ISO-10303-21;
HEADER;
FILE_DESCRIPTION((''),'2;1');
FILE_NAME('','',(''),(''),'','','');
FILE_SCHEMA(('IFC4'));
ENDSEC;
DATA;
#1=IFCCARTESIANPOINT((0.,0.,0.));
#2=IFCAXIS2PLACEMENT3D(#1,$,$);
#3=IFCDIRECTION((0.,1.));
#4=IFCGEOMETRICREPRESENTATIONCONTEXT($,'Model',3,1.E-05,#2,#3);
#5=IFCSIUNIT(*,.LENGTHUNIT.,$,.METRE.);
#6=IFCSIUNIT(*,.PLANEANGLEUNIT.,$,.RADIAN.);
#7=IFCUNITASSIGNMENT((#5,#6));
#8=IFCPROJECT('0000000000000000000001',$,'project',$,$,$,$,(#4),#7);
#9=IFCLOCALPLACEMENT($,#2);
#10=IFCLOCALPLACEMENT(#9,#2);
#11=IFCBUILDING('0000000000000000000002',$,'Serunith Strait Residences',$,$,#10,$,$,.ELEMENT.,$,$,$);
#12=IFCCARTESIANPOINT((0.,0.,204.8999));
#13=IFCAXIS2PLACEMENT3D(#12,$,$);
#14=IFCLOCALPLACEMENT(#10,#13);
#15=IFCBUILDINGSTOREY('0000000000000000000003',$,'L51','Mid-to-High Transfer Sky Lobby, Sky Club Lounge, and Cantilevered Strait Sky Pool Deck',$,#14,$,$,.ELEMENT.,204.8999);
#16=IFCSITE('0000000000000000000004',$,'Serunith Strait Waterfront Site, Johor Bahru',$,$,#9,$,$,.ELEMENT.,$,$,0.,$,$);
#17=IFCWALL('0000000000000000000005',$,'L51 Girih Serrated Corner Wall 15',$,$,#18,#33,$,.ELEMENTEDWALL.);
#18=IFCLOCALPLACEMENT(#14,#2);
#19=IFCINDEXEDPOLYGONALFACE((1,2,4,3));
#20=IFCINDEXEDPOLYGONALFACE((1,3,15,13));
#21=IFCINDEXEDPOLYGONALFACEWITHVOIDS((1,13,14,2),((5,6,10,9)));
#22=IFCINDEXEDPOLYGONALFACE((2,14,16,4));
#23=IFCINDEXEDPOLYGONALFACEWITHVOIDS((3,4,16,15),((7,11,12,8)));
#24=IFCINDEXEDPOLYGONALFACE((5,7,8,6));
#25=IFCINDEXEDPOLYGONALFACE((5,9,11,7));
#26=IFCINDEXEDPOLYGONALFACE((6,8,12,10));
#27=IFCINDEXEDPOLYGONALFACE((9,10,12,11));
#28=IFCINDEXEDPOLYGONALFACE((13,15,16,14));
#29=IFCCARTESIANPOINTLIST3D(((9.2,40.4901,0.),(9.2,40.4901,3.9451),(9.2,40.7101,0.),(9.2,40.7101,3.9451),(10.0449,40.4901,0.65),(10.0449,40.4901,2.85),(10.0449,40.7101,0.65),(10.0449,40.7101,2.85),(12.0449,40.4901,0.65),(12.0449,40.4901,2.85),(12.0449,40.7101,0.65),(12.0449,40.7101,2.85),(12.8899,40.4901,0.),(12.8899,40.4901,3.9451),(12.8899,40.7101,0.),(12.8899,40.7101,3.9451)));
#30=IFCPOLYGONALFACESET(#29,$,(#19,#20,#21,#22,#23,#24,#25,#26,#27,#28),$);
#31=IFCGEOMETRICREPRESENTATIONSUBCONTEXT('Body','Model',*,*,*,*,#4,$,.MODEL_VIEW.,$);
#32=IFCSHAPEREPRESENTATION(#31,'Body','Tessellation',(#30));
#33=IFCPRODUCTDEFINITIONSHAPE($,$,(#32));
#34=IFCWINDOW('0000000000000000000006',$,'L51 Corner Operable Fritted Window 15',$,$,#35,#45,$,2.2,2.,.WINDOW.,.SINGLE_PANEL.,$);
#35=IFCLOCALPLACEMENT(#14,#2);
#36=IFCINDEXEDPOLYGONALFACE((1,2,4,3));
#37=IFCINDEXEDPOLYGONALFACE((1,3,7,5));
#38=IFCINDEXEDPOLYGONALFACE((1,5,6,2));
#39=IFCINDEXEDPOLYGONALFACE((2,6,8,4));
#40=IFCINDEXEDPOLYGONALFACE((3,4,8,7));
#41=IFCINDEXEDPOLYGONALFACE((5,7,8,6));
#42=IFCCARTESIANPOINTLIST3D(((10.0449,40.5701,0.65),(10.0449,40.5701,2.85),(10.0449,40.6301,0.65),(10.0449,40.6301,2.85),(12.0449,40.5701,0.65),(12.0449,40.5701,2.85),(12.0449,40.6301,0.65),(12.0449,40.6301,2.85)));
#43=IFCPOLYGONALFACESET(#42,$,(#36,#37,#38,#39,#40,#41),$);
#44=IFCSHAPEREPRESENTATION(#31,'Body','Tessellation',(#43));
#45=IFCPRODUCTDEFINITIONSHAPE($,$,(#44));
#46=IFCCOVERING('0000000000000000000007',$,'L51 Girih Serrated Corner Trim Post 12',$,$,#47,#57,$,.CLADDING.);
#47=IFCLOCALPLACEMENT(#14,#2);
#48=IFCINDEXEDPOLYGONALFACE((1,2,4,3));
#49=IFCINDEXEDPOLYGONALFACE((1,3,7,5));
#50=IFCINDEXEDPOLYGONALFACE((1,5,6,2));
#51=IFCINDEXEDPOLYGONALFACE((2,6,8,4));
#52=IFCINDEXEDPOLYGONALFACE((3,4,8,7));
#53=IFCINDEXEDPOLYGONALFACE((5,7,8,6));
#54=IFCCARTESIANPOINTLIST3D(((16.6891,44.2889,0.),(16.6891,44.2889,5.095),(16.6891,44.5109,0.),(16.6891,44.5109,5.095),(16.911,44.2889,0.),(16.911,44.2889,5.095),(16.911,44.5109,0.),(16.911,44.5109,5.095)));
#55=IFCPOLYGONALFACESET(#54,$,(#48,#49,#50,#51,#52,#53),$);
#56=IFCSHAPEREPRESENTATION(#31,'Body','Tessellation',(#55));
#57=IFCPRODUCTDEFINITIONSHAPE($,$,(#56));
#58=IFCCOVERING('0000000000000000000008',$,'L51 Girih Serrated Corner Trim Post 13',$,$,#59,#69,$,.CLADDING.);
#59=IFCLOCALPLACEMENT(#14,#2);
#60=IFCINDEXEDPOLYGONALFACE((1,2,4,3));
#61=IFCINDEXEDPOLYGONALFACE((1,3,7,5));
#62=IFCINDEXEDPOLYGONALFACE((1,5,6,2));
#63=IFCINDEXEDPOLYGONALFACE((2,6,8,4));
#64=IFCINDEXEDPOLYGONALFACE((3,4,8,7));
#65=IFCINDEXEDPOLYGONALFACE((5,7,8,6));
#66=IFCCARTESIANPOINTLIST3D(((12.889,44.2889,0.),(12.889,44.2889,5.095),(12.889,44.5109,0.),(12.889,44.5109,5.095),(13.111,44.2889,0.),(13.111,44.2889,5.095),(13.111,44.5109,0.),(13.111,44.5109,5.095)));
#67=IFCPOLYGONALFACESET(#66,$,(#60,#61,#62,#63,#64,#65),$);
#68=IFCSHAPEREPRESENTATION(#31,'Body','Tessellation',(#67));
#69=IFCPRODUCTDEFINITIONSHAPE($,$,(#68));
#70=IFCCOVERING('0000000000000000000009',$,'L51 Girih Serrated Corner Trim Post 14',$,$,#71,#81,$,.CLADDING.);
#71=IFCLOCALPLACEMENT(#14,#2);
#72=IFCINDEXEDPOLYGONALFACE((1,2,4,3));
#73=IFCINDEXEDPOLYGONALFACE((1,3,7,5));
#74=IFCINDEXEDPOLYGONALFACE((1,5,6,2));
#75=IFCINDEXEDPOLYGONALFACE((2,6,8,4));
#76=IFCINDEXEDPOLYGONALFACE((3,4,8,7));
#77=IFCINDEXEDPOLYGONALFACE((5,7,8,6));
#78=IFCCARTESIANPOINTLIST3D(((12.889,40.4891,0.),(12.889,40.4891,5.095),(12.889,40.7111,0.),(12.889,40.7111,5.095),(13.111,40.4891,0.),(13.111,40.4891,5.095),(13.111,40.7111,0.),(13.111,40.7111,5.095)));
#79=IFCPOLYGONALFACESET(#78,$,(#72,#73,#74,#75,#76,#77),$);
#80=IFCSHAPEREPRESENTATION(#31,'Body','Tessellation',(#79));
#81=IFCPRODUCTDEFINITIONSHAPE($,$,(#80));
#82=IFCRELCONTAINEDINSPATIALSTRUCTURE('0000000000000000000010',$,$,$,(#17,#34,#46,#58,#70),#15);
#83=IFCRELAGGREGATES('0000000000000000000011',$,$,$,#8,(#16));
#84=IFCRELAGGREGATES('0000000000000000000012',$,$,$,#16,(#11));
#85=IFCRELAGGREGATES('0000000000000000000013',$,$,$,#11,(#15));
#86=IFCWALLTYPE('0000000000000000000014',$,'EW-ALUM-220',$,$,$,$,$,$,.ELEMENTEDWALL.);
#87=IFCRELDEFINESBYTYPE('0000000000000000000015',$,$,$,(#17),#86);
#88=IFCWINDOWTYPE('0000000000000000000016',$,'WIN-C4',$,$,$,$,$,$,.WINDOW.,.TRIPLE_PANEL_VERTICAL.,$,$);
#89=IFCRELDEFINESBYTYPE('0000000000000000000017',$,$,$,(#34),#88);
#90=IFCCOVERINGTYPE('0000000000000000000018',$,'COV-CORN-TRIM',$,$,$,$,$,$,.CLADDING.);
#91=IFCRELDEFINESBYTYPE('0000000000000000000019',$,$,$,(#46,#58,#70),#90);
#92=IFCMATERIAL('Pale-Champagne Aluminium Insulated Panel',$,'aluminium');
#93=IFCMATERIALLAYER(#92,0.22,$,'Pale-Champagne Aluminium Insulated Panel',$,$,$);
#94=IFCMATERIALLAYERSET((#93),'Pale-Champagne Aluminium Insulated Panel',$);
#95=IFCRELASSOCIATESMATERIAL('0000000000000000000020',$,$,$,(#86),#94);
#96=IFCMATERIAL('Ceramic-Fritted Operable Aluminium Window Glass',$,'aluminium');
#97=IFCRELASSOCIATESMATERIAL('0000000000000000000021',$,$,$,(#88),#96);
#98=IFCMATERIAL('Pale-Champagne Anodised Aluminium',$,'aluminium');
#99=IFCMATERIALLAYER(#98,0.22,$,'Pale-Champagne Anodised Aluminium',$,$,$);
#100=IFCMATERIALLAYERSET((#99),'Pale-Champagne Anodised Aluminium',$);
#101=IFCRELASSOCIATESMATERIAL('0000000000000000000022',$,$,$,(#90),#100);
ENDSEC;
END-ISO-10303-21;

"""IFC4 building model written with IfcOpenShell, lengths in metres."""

from ifc_helpers import new_model, si_unit, direction, frame, frame_2d, origin, origin_2d, place, context, subcontext, project, spatial, rectangle, extrude, source, transform, mapped, material, layer, layer_set, type_object, element, fill, save


model = new_model("IFC4")

# Units and contexts
model_context = context("Model", 3, precision=1e-05, world=origin(), true_north=direction((0.0, 1.0)))
body_context = subcontext(model_context, "Body", "Model", "MODEL_VIEW")
ifc_project = project(units=[si_unit("LENGTHUNIT", "METRE"), si_unit("PLANEANGLEUNIT", "RADIAN")], contexts=[model_context])

# Site, building, storey
site_placement = place(None, origin())
site = spatial("IfcSite", under=ifc_project, at=site_placement, Name="Serunith Strait Waterfront Site, Johor Bahru", CompositionType="ELEMENT", RefElevation=0.0)
building_placement = place(site_placement, origin())
building = spatial("IfcBuilding", under=site, at=building_placement, Name="Serunith Strait Residences", CompositionType="ELEMENT")
storey_placement = place(building_placement, frame((0.0, 0.0, 204.8999)))
storey = spatial("IfcBuildingStorey", under=building, at=storey_placement, Name="L51", Description="Mid-to-High Transfer Sky Lobby, Sky Club Lounge, and Cantilevered Strait Sky Pool Deck", CompositionType="ELEMENT", Elevation=204.8999)

# Wall, opening, window
ifc_material_1 = material(Name="Pale-Champagne Aluminium Insulated Panel", Category="aluminium")
ifc_layer_1 = layer(ifc_material_1, 0.22, Name="Pale-Champagne Aluminium Insulated Panel")
ifc_layer_set_1 = layer_set([ifc_layer_1], Name="Pale-Champagne Aluminium Insulated Panel")
wall_type = type_object("IfcWallType", Name="EW-ALUM-220", PredefinedType="ELEMENTEDWALL", material=ifc_layer_set_1)
ifc_material_2 = material(Name="Ceramic-Fritted Operable Aluminium Window Glass", Category="aluminium")
window_type = type_object("IfcWindowType", Name="WIN-C4", PartitioningType="TRIPLE_PANEL_VERTICAL", PredefinedType="WINDOW", material=ifc_material_2)
shared_shape_1 = source(origin(), body_context, "Body", "SweptSolid", [
    extrude(rectangle(XDim=2.0, YDim=2.2, at=frame_2d((1.0, 1.1001))), frame((0.0, 0.03, 0.0), z_axis=(0.0, -1.0, 0.0), x_axis=(1.0, 0.0, 0.0)), (0.0, 0.0, 1.0), 0.0601),
])
wall_1_placement = place(storey_placement, frame((12.8899, 40.6001, 0.0), z_axis=(0.0, 0.0, 1.0), x_axis=(-1.0, 0.0, 0.0)))
wall_1 = element("IfcWall", 1, at=wall_1_placement, inside=storey, type_object=wall_type, Name="L51 Girih Serrated Corner Wall 15", PredefinedType="ELEMENTEDWALL", context=body_context, shape_type="SweptSolid", body=[
    extrude(rectangle(XDim=3.6899, YDim=0.22, at=frame_2d((1.845, 0.0))), origin(), (0.0, 0.0, 1.0), 3.9451),
])
opening_1_placement = place(wall_1_placement, frame((0.845, 0.0, 0.6499)))
opening_1 = element("IfcOpeningElement", 2, at=opening_1_placement, cuts=wall_1, PredefinedType="OPENING", context=body_context, shape_type="SweptSolid", body=[
    extrude(rectangle(XDim=2.0, YDim=2.2, at=frame_2d((1.0, 1.1001))), frame((0.0, 0.1201, 0.0), z_axis=(0.0, -1.0, 0.0), x_axis=(1.0, 0.0, 0.0)), (0.0, 0.0, 1.0), 0.24),
])
window_1_placement = place(opening_1_placement, origin())
window_1 = element("IfcWindow", 3, at=window_1_placement, inside=storey, type_object=window_type, Name="L51 Corner Operable Fritted Window 15", OverallHeight=2.2, OverallWidth=2.0, PartitioningType="SINGLE_PANEL", PredefinedType="WINDOW", context=body_context, shape_type="MappedRepresentation", body=[
    mapped(shared_shape_1, transform((0.0, 0.0, 0.0), scale=1.0)),
])
fill(opening_1, window_1)

# Coverings
ifc_material_3 = material(Name="Pale-Champagne Anodised Aluminium", Category="aluminium")
ifc_layer_2 = layer(ifc_material_3, 0.22, Name="Pale-Champagne Anodised Aluminium")
ifc_layer_set_2 = layer_set([ifc_layer_2], Name="Pale-Champagne Anodised Aluminium")
covering_type = type_object("IfcCoveringType", Name="COV-CORN-TRIM", PredefinedType="CLADDING", material=ifc_layer_set_2)
shared_shape_2 = source(origin(), body_context, "Body", "SweptSolid", [
    extrude(rectangle(XDim=0.2219, YDim=0.2219, at=origin_2d()), origin(), (0.0, 0.0, 1.0), 5.095),
])
for number, where, z_axis, x_axis, name in (
    (4, (16.8, 44.3999, 0.0), (0.0, 0.0, 1.0), (1.0, 0.0, 0.0), "L51 Girih Serrated Corner Trim Post 12"),
    (5, (13.0, 44.3999, 0.0), (0.0, 0.0, 1.0), (1.0, 0.0, 0.0), "L51 Girih Serrated Corner Trim Post 13"),
    (6, (13.0, 40.6001, 0.0), (0.0, 0.0, 1.0), (1.0, 0.0, 0.0), "L51 Girih Serrated Corner Trim Post 14"),
):
    element("IfcCovering", number, at=place(storey_placement, frame(where, z_axis=z_axis, x_axis=x_axis)), inside=storey, type_object=covering_type, Name=name, PredefinedType="CLADDING", context=body_context, shape_type="MappedRepresentation", body=[
        mapped(shared_shape_2, transform((0.0, 0.0, 0.0), scale=1.0)),
    ])

save(model, "model.ifc")
